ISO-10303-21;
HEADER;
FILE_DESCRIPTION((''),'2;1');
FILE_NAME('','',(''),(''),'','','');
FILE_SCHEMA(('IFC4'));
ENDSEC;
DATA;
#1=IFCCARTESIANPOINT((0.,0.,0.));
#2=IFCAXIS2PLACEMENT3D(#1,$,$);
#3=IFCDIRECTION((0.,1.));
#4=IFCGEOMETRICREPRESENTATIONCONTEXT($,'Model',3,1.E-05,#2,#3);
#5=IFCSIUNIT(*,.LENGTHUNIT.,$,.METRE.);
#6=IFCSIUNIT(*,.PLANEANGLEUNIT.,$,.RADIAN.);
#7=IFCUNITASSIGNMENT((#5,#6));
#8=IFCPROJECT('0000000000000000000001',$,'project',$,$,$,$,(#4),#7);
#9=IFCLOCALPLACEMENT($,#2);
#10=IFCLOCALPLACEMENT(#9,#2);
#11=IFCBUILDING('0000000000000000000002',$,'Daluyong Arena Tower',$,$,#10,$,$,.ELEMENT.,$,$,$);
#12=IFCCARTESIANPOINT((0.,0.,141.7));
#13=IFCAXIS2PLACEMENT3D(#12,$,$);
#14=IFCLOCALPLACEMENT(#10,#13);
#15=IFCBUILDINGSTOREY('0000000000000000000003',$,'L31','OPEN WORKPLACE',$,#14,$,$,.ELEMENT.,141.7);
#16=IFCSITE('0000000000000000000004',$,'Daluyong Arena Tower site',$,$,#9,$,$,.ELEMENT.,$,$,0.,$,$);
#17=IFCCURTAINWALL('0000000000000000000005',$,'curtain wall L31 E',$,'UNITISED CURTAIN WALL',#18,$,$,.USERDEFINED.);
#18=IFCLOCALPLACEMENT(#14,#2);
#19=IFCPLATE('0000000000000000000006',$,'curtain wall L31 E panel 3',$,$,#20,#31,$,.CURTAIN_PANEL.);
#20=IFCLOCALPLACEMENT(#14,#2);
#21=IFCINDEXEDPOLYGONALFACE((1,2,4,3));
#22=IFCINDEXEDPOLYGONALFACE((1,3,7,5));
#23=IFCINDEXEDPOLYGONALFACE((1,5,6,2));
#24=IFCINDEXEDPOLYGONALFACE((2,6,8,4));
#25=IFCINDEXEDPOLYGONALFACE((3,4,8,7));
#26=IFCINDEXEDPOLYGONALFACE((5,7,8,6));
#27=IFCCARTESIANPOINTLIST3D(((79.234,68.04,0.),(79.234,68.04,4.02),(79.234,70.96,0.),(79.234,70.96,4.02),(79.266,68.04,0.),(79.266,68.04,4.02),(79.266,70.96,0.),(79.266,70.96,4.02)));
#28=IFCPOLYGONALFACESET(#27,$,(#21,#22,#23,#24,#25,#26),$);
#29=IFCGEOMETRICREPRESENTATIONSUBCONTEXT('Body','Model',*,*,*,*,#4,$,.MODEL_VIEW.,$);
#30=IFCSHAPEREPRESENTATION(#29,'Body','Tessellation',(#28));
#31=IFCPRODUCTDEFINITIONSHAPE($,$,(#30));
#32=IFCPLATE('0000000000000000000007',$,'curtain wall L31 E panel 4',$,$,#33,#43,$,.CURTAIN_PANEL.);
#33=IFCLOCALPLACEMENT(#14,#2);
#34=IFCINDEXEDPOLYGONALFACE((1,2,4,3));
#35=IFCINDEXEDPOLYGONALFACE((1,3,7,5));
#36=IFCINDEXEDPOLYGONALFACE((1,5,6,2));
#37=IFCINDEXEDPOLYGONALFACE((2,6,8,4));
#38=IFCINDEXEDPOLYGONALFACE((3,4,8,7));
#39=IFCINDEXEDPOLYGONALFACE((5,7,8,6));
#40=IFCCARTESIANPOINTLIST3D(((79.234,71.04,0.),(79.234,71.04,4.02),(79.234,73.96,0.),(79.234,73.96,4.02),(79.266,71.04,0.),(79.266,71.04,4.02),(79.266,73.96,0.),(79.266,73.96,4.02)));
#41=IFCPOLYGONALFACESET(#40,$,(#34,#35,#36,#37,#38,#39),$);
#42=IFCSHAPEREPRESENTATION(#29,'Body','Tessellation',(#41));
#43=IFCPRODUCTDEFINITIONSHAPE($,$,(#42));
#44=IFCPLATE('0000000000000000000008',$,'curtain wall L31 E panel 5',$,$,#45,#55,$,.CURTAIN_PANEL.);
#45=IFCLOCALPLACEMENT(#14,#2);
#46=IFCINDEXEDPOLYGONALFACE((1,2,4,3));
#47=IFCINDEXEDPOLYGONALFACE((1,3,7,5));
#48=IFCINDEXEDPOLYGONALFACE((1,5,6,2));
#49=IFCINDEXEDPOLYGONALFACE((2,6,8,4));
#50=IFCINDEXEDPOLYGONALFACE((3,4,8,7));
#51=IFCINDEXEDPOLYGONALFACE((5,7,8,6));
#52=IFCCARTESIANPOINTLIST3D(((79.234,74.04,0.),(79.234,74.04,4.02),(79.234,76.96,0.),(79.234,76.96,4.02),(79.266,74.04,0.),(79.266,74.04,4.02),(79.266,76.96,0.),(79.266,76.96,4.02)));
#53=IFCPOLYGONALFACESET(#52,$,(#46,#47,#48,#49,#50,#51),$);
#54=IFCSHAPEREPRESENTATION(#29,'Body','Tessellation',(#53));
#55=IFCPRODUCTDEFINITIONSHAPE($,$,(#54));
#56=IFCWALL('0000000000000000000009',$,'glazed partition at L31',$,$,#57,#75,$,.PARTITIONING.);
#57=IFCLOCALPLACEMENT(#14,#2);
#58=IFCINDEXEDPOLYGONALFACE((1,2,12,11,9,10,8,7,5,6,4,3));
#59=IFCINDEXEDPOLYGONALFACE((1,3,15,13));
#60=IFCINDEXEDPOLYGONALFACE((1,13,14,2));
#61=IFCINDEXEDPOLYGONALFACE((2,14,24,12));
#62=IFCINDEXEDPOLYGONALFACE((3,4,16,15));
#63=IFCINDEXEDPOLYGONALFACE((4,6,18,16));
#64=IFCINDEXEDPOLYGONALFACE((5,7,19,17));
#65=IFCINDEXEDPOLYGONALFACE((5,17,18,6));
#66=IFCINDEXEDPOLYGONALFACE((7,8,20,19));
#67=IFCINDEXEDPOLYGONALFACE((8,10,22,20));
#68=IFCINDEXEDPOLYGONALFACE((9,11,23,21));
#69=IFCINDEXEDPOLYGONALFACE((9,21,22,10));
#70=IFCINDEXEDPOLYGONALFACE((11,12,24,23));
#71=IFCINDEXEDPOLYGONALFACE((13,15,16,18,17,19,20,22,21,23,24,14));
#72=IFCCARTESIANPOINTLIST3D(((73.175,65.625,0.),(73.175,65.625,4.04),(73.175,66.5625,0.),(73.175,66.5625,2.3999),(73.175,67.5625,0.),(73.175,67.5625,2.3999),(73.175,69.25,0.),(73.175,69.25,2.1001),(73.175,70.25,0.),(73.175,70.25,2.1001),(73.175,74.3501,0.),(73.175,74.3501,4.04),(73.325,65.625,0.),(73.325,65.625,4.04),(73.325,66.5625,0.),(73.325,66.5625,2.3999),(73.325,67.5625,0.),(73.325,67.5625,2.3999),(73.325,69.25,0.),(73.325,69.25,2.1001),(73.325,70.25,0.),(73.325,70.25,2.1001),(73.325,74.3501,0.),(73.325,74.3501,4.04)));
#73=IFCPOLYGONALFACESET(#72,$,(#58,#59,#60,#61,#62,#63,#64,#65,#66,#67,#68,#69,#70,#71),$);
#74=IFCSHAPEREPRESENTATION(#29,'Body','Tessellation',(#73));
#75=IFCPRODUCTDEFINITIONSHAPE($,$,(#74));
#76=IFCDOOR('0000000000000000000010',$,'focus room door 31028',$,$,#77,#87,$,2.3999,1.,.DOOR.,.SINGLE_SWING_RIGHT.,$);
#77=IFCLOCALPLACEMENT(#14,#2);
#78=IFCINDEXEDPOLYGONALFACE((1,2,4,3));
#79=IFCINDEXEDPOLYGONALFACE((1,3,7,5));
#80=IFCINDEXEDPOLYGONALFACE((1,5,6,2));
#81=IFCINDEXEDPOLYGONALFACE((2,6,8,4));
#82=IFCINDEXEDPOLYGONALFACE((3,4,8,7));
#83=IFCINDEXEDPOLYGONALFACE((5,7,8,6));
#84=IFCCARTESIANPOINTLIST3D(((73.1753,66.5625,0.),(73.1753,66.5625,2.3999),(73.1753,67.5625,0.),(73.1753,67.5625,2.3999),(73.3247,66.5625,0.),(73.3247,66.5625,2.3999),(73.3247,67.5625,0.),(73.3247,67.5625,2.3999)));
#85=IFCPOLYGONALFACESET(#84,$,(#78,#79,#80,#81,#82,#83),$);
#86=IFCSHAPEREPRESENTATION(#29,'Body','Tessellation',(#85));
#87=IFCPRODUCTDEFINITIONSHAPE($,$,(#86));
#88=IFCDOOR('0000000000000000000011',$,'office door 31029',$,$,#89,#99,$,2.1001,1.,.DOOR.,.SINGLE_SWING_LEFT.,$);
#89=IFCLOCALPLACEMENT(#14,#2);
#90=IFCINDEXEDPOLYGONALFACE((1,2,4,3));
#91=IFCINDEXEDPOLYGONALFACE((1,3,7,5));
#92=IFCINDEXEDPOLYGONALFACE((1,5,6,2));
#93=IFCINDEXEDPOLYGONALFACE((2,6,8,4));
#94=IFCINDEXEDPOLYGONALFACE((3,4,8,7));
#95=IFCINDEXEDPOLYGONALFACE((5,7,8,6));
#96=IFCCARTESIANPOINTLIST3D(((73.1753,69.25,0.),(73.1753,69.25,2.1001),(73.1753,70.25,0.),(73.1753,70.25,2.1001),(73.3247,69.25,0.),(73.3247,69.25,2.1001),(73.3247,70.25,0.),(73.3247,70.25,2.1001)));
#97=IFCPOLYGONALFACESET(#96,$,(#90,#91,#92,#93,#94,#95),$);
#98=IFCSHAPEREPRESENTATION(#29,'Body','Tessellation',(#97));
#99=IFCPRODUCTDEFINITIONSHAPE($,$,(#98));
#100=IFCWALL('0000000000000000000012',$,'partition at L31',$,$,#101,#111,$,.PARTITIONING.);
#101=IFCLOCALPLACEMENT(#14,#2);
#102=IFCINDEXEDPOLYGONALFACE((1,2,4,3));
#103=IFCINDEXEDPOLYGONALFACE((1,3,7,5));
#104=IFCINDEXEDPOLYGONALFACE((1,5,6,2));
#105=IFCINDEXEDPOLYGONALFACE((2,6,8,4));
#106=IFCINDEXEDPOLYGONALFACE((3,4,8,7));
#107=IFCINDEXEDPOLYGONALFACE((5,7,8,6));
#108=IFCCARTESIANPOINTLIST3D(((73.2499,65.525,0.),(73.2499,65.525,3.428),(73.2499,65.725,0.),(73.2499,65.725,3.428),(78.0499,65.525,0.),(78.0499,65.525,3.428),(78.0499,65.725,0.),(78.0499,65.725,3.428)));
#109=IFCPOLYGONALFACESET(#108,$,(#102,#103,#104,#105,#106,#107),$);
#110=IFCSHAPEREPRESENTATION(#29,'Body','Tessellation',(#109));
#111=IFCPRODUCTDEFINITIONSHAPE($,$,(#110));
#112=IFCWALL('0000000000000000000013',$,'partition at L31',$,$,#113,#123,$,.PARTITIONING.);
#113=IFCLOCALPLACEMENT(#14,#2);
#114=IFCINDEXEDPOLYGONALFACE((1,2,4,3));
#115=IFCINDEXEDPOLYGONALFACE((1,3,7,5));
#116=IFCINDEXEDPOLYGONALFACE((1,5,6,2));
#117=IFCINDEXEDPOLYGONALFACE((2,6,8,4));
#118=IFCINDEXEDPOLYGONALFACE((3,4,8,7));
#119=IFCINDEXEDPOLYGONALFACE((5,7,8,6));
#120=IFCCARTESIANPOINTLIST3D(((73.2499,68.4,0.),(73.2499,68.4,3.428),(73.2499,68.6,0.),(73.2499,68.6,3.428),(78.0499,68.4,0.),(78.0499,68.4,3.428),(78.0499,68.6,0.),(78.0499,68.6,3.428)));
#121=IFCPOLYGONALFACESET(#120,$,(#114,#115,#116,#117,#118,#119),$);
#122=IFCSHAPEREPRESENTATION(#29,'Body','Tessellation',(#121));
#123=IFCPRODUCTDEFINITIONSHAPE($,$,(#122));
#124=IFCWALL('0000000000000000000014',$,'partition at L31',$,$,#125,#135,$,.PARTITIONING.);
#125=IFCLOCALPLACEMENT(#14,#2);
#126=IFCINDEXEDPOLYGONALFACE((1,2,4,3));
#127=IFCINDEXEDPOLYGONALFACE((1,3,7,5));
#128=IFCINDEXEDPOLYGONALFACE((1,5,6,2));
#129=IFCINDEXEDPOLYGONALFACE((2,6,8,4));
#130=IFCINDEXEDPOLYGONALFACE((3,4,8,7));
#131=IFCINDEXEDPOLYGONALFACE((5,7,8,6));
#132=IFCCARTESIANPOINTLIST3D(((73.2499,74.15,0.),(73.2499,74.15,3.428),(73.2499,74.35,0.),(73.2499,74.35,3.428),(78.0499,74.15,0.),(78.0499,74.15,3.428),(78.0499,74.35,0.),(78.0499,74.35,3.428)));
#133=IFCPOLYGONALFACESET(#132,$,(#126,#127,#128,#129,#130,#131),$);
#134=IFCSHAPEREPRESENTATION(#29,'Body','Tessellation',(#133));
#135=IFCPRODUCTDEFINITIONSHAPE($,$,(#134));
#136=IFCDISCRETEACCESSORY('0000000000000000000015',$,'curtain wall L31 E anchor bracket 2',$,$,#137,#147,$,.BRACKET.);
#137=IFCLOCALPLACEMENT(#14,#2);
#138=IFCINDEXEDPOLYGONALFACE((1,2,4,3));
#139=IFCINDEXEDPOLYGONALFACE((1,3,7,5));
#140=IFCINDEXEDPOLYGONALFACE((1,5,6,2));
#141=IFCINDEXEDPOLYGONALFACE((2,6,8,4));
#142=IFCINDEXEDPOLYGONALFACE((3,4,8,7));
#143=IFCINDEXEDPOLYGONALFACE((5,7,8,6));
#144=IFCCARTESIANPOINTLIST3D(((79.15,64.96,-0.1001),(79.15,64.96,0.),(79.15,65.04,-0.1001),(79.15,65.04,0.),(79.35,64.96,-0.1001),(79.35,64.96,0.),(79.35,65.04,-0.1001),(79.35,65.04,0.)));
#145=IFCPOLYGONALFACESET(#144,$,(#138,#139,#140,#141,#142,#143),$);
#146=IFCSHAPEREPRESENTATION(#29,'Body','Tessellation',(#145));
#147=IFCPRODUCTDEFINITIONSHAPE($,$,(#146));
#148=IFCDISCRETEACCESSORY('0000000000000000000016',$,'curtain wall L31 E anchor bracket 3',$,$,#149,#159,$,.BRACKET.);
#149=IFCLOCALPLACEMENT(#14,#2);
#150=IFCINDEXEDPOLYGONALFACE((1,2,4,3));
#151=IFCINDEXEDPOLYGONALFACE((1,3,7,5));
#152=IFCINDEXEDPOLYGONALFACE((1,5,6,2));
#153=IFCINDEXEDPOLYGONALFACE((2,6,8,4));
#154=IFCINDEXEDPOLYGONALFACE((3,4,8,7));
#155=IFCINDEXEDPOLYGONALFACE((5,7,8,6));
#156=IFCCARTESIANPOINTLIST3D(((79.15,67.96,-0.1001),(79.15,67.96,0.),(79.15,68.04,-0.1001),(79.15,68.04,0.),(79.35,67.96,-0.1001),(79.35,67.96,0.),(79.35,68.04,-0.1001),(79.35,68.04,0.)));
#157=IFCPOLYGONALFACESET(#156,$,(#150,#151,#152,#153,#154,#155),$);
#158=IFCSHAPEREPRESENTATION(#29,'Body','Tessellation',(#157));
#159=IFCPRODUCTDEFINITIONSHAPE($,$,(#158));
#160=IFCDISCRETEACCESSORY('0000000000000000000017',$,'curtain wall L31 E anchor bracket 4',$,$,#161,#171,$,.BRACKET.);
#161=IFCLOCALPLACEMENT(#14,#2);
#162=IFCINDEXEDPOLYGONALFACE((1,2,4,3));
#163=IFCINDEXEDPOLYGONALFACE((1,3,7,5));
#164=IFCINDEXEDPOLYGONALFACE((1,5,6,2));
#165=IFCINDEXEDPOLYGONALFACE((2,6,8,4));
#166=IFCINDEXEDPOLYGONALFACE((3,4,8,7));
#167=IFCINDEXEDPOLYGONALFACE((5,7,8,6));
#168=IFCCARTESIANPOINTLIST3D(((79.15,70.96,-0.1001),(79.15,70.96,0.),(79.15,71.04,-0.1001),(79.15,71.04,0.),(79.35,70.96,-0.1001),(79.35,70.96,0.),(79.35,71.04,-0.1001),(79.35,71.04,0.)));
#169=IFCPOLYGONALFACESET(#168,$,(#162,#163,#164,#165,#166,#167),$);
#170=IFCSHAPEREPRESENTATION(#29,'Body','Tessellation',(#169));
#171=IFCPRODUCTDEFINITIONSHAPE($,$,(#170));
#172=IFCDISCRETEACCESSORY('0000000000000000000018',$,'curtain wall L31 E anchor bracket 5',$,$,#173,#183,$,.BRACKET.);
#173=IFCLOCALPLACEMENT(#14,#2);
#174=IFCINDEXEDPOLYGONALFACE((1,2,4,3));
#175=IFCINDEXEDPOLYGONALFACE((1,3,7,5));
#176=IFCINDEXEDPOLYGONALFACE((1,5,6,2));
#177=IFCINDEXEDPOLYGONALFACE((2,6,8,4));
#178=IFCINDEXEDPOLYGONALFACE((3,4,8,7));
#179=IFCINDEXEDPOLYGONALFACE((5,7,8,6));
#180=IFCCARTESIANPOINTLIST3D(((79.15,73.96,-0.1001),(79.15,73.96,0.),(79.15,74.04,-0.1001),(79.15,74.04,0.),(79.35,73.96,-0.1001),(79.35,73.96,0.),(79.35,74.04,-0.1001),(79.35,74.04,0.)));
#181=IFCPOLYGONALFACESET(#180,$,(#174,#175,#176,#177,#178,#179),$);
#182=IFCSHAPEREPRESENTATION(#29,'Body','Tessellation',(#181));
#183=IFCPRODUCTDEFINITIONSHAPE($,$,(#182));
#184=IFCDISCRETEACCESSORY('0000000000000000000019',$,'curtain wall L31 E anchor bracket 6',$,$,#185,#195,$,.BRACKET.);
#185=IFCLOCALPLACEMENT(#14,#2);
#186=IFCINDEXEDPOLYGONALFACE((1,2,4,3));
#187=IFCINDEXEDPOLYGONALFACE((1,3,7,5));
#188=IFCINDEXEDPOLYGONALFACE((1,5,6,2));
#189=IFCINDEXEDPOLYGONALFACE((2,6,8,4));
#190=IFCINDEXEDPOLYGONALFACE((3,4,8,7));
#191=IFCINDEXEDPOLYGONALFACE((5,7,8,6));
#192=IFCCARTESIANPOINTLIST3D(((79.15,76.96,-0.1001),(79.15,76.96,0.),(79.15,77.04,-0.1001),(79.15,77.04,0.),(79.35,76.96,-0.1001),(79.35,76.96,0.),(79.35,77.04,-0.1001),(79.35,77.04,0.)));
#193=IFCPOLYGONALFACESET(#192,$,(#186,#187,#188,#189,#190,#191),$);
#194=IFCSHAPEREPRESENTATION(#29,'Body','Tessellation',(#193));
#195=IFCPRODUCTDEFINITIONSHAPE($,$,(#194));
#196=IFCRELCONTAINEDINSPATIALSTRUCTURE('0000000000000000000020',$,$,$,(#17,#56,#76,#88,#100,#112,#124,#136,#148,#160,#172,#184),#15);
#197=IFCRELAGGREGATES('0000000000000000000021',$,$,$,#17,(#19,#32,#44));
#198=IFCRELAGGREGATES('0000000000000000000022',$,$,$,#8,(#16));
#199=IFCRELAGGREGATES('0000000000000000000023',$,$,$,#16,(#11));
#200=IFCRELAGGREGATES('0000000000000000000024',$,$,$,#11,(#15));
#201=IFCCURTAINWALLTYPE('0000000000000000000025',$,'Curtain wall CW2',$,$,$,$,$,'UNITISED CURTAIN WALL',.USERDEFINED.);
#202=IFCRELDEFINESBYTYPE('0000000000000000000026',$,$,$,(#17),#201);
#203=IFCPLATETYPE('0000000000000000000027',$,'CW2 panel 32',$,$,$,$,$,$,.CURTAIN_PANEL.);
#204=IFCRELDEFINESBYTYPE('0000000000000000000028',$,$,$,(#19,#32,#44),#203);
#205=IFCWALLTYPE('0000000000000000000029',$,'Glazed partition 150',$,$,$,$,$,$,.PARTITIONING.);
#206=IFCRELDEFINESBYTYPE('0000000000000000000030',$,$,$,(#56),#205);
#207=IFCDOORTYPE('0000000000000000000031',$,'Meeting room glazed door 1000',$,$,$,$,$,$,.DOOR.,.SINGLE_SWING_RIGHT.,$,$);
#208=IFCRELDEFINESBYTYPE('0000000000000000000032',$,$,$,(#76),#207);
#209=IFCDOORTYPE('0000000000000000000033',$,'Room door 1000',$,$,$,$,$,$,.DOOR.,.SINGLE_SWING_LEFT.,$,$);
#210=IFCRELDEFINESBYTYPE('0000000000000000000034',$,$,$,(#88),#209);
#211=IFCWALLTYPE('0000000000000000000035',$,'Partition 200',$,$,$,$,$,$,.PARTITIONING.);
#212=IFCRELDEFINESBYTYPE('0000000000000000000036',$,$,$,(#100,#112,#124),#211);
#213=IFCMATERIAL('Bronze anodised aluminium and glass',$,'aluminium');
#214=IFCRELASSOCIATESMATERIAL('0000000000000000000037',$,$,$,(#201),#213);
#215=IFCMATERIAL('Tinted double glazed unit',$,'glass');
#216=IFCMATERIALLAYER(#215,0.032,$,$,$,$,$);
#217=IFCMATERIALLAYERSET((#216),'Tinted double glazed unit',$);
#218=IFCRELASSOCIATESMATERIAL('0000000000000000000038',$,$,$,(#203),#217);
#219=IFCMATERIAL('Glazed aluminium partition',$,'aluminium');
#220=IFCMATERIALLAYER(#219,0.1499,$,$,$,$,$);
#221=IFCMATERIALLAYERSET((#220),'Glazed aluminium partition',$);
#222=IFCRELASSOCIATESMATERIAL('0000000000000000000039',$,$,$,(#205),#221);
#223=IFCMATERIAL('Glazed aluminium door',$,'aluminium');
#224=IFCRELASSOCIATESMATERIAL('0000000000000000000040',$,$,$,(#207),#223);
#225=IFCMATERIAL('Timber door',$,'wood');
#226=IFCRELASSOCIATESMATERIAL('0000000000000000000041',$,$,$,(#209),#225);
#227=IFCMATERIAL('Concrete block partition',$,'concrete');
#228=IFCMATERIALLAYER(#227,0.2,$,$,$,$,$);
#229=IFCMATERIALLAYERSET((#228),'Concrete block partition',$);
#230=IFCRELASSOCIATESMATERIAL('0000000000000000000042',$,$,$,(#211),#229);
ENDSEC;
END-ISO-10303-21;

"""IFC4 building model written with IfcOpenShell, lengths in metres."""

from ifc_helpers import new_model, si_unit, direction, frame, frame_2d, origin, origin_2d, place, context, subcontext, project, spatial, rectangle, extrude, material, layer, layer_set, type_object, element, fill, aggregate, save


model = new_model("IFC4")

# Units and contexts
model_context = context("Model", 3, precision=1e-05, world=origin(), true_north=direction((0.0, 1.0)))
body_context = subcontext(model_context, "Body", "Model", "MODEL_VIEW")
ifc_project = project(units=[si_unit("LENGTHUNIT", "METRE"), si_unit("PLANEANGLEUNIT", "RADIAN")], contexts=[model_context])

# Site, building, storey
site_placement = place(None, origin())
site = spatial("IfcSite", under=ifc_project, at=site_placement, Name="Daluyong Arena Tower site", CompositionType="ELEMENT", RefElevation=0.0)
building_placement = place(site_placement, origin())
building = spatial("IfcBuilding", under=site, at=building_placement, Name="Daluyong Arena Tower", CompositionType="ELEMENT")
storey_placement = place(building_placement, frame((0.0, 0.0, 141.7)))
storey = spatial("IfcBuildingStorey", under=building, at=storey_placement, Name="L31", Description="OPEN WORKPLACE", CompositionType="ELEMENT", Elevation=141.7)

# Curtain wall
ifc_material_1 = material(Name="Bronze anodised aluminium and glass", Category="aluminium")
curtain_wall_type = type_object("IfcCurtainWallType", Name="Curtain wall CW2", ElementType="UNITISED CURTAIN WALL", PredefinedType="USERDEFINED", material=ifc_material_1)
curtain_wall_placement = place(storey_placement, origin())
curtain_wall = element("IfcCurtainWall", 1, at=curtain_wall_placement, inside=storey, type_object=curtain_wall_type, Name="curtain wall L31 E", ObjectType="UNITISED CURTAIN WALL", PredefinedType="USERDEFINED")

# Plates
ifc_material_2 = material(Name="Tinted double glazed unit", Category="glass")
ifc_layer_1 = layer(ifc_material_2, 0.032)
ifc_layer_set_1 = layer_set([ifc_layer_1], Name="Tinted double glazed unit")
plate_type = type_object("IfcPlateType", Name="CW2 panel 32", PredefinedType="CURTAIN_PANEL", material=ifc_layer_set_1)
plate_1_placement = place(storey_placement, frame((79.25, 69.5, 0.0), z_axis=(0.0, 0.0, 1.0), x_axis=(0.0, 1.0, 0.0)))
plate_1 = element("IfcPlate", 2, at=plate_1_placement, type_object=plate_type, Name="curtain wall L31 E panel 3", PredefinedType="CURTAIN_PANEL", context=body_context, shape_type="SweptSolid", body=[
    extrude(rectangle(XDim=2.9199, YDim=0.032, at=origin_2d()), origin(), (0.0, 0.0, 1.0), 4.02),
])
plate_2_placement = place(storey_placement, frame((79.25, 72.5, 0.0), z_axis=(0.0, 0.0, 1.0), x_axis=(0.0, 1.0, 0.0)))
plate_2 = element("IfcPlate", 3, at=plate_2_placement, type_object=plate_type, Name="curtain wall L31 E panel 4", PredefinedType="CURTAIN_PANEL", context=body_context, shape_type="SweptSolid", body=[
    extrude(rectangle(XDim=2.9199, YDim=0.032, at=origin_2d()), origin(), (0.0, 0.0, 1.0), 4.02),
])
plate_3_placement = place(storey_placement, frame((79.25, 75.5, 0.0), z_axis=(0.0, 0.0, 1.0), x_axis=(0.0, 1.0, 0.0)))
plate_3 = element("IfcPlate", 4, at=plate_3_placement, type_object=plate_type, Name="curtain wall L31 E panel 5", PredefinedType="CURTAIN_PANEL", context=body_context, shape_type="SweptSolid", body=[
    extrude(rectangle(XDim=2.9199, YDim=0.032, at=origin_2d()), origin(), (0.0, 0.0, 1.0), 4.02),
])
aggregate(curtain_wall, [plate_1, plate_2, plate_3])

# Wall, openings, doors
ifc_material_3 = material(Name="Glazed aluminium partition", Category="aluminium")
ifc_layer_2 = layer(ifc_material_3, 0.1499)
ifc_layer_set_2 = layer_set([ifc_layer_2], Name="Glazed aluminium partition")
wall_type_1 = type_object("IfcWallType", Name="Glazed partition 150", PredefinedType="PARTITIONING", material=ifc_layer_set_2)
wall_placement = place(storey_placement, frame((73.25, 65.625, 0.0), z_axis=(0.0, 0.0, 1.0), x_axis=(0.0, 1.0, 0.0)))
wall = element("IfcWall", 5, at=wall_placement, inside=storey, type_object=wall_type_1, Name="glazed partition at L31", PredefinedType="PARTITIONING", context=body_context, shape_type="SweptSolid", body=[
    extrude(rectangle(XDim=8.7251, YDim=0.1499, at=frame_2d((4.3625, 0.0))), origin(), (0.0, 0.0, 1.0), 4.04),
])
opening_1_placement = place(wall_placement, frame((0.9375, 0.0, 0.0)))
opening_1 = element("IfcOpeningElement", 6, at=opening_1_placement, cuts=wall, PredefinedType="OPENING", context=body_context, shape_type="SweptSolid", body=[
    extrude(rectangle(XDim=1.0, YDim=2.3999, at=frame_2d((0.5, 1.2))), frame((0.0, 0.085, 0.0), z_axis=(0.0, -1.0, 0.0), x_axis=(1.0, 0.0, 0.0)), (0.0, 0.0, 1.0), 0.1699),
])
opening_2_placement = place(wall_placement, frame((3.625, 0.0, 0.0)))
opening_2 = element("IfcOpeningElement", 7, at=opening_2_placement, cuts=wall, PredefinedType="OPENING", context=body_context, shape_type="SweptSolid", body=[
    extrude(rectangle(XDim=1.0, YDim=2.1001, at=frame_2d((0.5, 1.05))), frame((0.0, 0.085, 0.0), z_axis=(0.0, -1.0, 0.0), x_axis=(1.0, 0.0, 0.0)), (0.0, 0.0, 1.0), 0.1699),
])
ifc_material_4 = material(Name="Glazed aluminium door", Category="aluminium")
door_type_1 = type_object("IfcDoorType", Name="Meeting room glazed door 1000", OperationType="SINGLE_SWING_RIGHT", PredefinedType="DOOR", material=ifc_material_4)
door_1_placement = place(opening_1_placement, origin())
door_1 = element("IfcDoor", 8, at=door_1_placement, inside=storey, type_object=door_type_1, Name="focus room door 31028", OperationType="SINGLE_SWING_RIGHT", OverallHeight=2.3999, OverallWidth=1.0, PredefinedType="DOOR", context=body_context, shape_type="SweptSolid", body=[
    extrude(rectangle(XDim=1.0, YDim=2.3999, at=frame_2d((0.5, 1.2))), frame((0.0, 0.0747, 0.0), z_axis=(0.0, -1.0, 0.0), x_axis=(1.0, 0.0, 0.0)), (0.0, 0.0, 1.0), 0.1494),
])
fill(opening_1, door_1)
ifc_material_5 = material(Name="Timber door", Category="wood")
door_type_2 = type_object("IfcDoorType", Name="Room door 1000", OperationType="SINGLE_SWING_LEFT", PredefinedType="DOOR", material=ifc_material_5)
door_2_placement = place(opening_2_placement, origin())
door_2 = element("IfcDoor", 9, at=door_2_placement, inside=storey, type_object=door_type_2, Name="office door 31029", OperationType="SINGLE_SWING_LEFT", OverallHeight=2.1001, OverallWidth=1.0, PredefinedType="DOOR", context=body_context, shape_type="SweptSolid", body=[
    extrude(rectangle(XDim=1.0, YDim=2.1001, at=frame_2d((0.5, 1.05))), frame((0.0, 0.0747, 0.0), z_axis=(0.0, -1.0, 0.0), x_axis=(1.0, 0.0, 0.0)), (0.0, 0.0, 1.0), 0.1494),
])
fill(opening_2, door_2)

# Walls
ifc_material_6 = material(Name="Concrete block partition", Category="concrete")
ifc_layer_3 = layer(ifc_material_6, 0.2)
ifc_layer_set_3 = layer_set([ifc_layer_3], Name="Concrete block partition")
wall_type_2 = type_object("IfcWallType", Name="Partition 200", PredefinedType="PARTITIONING", material=ifc_layer_set_3)
for number, where, z_axis, x_axis, name in (
    (10, (73.25, 65.625, 0.0), (0.0, 0.0, 1.0), (1.0, 0.0, 0.0), "partition at L31"),
    (11, (73.25, 68.5, 0.0), (0.0, 0.0, 1.0), (1.0, 0.0, 0.0), "partition at L31"),
    (12, (73.25, 74.25, 0.0), (0.0, 0.0, 1.0), (1.0, 0.0, 0.0), "partition at L31"),
):
    element("IfcWall", number, at=place(storey_placement, frame(where, z_axis=z_axis, x_axis=x_axis)), inside=storey, type_object=wall_type_2, Name=name, PredefinedType="PARTITIONING", context=body_context, shape_type="SweptSolid", body=[
        extrude(rectangle(XDim=4.8, YDim=0.2, at=frame_2d((2.3999, 0.0))), origin(), (0.0, 0.0, 1.0), 3.428),
    ])

# Discrete accessories
for number, where, z_axis, x_axis, name in (
    (13, (79.25, 65.0, -0.1001), (0.0, 0.0, 1.0), (0.0, 1.0, 0.0), "curtain wall L31 E anchor bracket 2"),
    (14, (79.25, 68.0, -0.1001), (0.0, 0.0, 1.0), (0.0, 1.0, 0.0), "curtain wall L31 E anchor bracket 3"),
    (15, (79.25, 71.0, -0.1001), (0.0, 0.0, 1.0), (0.0, 1.0, 0.0), "curtain wall L31 E anchor bracket 4"),
    (16, (79.25, 74.0, -0.1001), (0.0, 0.0, 1.0), (0.0, 1.0, 0.0), "curtain wall L31 E anchor bracket 5"),
    (17, (79.25, 77.0, -0.1001), (0.0, 0.0, 1.0), (0.0, 1.0, 0.0), "curtain wall L31 E anchor bracket 6"),
):
    element("IfcDiscreteAccessory", number, at=place(storey_placement, frame(where, z_axis=z_axis, x_axis=x_axis)), inside=storey, Name=name, PredefinedType="BRACKET", context=body_context, shape_type="SweptSolid", body=[
        extrude(rectangle(XDim=0.0801, YDim=0.2, at=origin_2d()), origin(), (0.0, 0.0, 1.0), 0.1001),
    ])

save(model, "model.ifc")
